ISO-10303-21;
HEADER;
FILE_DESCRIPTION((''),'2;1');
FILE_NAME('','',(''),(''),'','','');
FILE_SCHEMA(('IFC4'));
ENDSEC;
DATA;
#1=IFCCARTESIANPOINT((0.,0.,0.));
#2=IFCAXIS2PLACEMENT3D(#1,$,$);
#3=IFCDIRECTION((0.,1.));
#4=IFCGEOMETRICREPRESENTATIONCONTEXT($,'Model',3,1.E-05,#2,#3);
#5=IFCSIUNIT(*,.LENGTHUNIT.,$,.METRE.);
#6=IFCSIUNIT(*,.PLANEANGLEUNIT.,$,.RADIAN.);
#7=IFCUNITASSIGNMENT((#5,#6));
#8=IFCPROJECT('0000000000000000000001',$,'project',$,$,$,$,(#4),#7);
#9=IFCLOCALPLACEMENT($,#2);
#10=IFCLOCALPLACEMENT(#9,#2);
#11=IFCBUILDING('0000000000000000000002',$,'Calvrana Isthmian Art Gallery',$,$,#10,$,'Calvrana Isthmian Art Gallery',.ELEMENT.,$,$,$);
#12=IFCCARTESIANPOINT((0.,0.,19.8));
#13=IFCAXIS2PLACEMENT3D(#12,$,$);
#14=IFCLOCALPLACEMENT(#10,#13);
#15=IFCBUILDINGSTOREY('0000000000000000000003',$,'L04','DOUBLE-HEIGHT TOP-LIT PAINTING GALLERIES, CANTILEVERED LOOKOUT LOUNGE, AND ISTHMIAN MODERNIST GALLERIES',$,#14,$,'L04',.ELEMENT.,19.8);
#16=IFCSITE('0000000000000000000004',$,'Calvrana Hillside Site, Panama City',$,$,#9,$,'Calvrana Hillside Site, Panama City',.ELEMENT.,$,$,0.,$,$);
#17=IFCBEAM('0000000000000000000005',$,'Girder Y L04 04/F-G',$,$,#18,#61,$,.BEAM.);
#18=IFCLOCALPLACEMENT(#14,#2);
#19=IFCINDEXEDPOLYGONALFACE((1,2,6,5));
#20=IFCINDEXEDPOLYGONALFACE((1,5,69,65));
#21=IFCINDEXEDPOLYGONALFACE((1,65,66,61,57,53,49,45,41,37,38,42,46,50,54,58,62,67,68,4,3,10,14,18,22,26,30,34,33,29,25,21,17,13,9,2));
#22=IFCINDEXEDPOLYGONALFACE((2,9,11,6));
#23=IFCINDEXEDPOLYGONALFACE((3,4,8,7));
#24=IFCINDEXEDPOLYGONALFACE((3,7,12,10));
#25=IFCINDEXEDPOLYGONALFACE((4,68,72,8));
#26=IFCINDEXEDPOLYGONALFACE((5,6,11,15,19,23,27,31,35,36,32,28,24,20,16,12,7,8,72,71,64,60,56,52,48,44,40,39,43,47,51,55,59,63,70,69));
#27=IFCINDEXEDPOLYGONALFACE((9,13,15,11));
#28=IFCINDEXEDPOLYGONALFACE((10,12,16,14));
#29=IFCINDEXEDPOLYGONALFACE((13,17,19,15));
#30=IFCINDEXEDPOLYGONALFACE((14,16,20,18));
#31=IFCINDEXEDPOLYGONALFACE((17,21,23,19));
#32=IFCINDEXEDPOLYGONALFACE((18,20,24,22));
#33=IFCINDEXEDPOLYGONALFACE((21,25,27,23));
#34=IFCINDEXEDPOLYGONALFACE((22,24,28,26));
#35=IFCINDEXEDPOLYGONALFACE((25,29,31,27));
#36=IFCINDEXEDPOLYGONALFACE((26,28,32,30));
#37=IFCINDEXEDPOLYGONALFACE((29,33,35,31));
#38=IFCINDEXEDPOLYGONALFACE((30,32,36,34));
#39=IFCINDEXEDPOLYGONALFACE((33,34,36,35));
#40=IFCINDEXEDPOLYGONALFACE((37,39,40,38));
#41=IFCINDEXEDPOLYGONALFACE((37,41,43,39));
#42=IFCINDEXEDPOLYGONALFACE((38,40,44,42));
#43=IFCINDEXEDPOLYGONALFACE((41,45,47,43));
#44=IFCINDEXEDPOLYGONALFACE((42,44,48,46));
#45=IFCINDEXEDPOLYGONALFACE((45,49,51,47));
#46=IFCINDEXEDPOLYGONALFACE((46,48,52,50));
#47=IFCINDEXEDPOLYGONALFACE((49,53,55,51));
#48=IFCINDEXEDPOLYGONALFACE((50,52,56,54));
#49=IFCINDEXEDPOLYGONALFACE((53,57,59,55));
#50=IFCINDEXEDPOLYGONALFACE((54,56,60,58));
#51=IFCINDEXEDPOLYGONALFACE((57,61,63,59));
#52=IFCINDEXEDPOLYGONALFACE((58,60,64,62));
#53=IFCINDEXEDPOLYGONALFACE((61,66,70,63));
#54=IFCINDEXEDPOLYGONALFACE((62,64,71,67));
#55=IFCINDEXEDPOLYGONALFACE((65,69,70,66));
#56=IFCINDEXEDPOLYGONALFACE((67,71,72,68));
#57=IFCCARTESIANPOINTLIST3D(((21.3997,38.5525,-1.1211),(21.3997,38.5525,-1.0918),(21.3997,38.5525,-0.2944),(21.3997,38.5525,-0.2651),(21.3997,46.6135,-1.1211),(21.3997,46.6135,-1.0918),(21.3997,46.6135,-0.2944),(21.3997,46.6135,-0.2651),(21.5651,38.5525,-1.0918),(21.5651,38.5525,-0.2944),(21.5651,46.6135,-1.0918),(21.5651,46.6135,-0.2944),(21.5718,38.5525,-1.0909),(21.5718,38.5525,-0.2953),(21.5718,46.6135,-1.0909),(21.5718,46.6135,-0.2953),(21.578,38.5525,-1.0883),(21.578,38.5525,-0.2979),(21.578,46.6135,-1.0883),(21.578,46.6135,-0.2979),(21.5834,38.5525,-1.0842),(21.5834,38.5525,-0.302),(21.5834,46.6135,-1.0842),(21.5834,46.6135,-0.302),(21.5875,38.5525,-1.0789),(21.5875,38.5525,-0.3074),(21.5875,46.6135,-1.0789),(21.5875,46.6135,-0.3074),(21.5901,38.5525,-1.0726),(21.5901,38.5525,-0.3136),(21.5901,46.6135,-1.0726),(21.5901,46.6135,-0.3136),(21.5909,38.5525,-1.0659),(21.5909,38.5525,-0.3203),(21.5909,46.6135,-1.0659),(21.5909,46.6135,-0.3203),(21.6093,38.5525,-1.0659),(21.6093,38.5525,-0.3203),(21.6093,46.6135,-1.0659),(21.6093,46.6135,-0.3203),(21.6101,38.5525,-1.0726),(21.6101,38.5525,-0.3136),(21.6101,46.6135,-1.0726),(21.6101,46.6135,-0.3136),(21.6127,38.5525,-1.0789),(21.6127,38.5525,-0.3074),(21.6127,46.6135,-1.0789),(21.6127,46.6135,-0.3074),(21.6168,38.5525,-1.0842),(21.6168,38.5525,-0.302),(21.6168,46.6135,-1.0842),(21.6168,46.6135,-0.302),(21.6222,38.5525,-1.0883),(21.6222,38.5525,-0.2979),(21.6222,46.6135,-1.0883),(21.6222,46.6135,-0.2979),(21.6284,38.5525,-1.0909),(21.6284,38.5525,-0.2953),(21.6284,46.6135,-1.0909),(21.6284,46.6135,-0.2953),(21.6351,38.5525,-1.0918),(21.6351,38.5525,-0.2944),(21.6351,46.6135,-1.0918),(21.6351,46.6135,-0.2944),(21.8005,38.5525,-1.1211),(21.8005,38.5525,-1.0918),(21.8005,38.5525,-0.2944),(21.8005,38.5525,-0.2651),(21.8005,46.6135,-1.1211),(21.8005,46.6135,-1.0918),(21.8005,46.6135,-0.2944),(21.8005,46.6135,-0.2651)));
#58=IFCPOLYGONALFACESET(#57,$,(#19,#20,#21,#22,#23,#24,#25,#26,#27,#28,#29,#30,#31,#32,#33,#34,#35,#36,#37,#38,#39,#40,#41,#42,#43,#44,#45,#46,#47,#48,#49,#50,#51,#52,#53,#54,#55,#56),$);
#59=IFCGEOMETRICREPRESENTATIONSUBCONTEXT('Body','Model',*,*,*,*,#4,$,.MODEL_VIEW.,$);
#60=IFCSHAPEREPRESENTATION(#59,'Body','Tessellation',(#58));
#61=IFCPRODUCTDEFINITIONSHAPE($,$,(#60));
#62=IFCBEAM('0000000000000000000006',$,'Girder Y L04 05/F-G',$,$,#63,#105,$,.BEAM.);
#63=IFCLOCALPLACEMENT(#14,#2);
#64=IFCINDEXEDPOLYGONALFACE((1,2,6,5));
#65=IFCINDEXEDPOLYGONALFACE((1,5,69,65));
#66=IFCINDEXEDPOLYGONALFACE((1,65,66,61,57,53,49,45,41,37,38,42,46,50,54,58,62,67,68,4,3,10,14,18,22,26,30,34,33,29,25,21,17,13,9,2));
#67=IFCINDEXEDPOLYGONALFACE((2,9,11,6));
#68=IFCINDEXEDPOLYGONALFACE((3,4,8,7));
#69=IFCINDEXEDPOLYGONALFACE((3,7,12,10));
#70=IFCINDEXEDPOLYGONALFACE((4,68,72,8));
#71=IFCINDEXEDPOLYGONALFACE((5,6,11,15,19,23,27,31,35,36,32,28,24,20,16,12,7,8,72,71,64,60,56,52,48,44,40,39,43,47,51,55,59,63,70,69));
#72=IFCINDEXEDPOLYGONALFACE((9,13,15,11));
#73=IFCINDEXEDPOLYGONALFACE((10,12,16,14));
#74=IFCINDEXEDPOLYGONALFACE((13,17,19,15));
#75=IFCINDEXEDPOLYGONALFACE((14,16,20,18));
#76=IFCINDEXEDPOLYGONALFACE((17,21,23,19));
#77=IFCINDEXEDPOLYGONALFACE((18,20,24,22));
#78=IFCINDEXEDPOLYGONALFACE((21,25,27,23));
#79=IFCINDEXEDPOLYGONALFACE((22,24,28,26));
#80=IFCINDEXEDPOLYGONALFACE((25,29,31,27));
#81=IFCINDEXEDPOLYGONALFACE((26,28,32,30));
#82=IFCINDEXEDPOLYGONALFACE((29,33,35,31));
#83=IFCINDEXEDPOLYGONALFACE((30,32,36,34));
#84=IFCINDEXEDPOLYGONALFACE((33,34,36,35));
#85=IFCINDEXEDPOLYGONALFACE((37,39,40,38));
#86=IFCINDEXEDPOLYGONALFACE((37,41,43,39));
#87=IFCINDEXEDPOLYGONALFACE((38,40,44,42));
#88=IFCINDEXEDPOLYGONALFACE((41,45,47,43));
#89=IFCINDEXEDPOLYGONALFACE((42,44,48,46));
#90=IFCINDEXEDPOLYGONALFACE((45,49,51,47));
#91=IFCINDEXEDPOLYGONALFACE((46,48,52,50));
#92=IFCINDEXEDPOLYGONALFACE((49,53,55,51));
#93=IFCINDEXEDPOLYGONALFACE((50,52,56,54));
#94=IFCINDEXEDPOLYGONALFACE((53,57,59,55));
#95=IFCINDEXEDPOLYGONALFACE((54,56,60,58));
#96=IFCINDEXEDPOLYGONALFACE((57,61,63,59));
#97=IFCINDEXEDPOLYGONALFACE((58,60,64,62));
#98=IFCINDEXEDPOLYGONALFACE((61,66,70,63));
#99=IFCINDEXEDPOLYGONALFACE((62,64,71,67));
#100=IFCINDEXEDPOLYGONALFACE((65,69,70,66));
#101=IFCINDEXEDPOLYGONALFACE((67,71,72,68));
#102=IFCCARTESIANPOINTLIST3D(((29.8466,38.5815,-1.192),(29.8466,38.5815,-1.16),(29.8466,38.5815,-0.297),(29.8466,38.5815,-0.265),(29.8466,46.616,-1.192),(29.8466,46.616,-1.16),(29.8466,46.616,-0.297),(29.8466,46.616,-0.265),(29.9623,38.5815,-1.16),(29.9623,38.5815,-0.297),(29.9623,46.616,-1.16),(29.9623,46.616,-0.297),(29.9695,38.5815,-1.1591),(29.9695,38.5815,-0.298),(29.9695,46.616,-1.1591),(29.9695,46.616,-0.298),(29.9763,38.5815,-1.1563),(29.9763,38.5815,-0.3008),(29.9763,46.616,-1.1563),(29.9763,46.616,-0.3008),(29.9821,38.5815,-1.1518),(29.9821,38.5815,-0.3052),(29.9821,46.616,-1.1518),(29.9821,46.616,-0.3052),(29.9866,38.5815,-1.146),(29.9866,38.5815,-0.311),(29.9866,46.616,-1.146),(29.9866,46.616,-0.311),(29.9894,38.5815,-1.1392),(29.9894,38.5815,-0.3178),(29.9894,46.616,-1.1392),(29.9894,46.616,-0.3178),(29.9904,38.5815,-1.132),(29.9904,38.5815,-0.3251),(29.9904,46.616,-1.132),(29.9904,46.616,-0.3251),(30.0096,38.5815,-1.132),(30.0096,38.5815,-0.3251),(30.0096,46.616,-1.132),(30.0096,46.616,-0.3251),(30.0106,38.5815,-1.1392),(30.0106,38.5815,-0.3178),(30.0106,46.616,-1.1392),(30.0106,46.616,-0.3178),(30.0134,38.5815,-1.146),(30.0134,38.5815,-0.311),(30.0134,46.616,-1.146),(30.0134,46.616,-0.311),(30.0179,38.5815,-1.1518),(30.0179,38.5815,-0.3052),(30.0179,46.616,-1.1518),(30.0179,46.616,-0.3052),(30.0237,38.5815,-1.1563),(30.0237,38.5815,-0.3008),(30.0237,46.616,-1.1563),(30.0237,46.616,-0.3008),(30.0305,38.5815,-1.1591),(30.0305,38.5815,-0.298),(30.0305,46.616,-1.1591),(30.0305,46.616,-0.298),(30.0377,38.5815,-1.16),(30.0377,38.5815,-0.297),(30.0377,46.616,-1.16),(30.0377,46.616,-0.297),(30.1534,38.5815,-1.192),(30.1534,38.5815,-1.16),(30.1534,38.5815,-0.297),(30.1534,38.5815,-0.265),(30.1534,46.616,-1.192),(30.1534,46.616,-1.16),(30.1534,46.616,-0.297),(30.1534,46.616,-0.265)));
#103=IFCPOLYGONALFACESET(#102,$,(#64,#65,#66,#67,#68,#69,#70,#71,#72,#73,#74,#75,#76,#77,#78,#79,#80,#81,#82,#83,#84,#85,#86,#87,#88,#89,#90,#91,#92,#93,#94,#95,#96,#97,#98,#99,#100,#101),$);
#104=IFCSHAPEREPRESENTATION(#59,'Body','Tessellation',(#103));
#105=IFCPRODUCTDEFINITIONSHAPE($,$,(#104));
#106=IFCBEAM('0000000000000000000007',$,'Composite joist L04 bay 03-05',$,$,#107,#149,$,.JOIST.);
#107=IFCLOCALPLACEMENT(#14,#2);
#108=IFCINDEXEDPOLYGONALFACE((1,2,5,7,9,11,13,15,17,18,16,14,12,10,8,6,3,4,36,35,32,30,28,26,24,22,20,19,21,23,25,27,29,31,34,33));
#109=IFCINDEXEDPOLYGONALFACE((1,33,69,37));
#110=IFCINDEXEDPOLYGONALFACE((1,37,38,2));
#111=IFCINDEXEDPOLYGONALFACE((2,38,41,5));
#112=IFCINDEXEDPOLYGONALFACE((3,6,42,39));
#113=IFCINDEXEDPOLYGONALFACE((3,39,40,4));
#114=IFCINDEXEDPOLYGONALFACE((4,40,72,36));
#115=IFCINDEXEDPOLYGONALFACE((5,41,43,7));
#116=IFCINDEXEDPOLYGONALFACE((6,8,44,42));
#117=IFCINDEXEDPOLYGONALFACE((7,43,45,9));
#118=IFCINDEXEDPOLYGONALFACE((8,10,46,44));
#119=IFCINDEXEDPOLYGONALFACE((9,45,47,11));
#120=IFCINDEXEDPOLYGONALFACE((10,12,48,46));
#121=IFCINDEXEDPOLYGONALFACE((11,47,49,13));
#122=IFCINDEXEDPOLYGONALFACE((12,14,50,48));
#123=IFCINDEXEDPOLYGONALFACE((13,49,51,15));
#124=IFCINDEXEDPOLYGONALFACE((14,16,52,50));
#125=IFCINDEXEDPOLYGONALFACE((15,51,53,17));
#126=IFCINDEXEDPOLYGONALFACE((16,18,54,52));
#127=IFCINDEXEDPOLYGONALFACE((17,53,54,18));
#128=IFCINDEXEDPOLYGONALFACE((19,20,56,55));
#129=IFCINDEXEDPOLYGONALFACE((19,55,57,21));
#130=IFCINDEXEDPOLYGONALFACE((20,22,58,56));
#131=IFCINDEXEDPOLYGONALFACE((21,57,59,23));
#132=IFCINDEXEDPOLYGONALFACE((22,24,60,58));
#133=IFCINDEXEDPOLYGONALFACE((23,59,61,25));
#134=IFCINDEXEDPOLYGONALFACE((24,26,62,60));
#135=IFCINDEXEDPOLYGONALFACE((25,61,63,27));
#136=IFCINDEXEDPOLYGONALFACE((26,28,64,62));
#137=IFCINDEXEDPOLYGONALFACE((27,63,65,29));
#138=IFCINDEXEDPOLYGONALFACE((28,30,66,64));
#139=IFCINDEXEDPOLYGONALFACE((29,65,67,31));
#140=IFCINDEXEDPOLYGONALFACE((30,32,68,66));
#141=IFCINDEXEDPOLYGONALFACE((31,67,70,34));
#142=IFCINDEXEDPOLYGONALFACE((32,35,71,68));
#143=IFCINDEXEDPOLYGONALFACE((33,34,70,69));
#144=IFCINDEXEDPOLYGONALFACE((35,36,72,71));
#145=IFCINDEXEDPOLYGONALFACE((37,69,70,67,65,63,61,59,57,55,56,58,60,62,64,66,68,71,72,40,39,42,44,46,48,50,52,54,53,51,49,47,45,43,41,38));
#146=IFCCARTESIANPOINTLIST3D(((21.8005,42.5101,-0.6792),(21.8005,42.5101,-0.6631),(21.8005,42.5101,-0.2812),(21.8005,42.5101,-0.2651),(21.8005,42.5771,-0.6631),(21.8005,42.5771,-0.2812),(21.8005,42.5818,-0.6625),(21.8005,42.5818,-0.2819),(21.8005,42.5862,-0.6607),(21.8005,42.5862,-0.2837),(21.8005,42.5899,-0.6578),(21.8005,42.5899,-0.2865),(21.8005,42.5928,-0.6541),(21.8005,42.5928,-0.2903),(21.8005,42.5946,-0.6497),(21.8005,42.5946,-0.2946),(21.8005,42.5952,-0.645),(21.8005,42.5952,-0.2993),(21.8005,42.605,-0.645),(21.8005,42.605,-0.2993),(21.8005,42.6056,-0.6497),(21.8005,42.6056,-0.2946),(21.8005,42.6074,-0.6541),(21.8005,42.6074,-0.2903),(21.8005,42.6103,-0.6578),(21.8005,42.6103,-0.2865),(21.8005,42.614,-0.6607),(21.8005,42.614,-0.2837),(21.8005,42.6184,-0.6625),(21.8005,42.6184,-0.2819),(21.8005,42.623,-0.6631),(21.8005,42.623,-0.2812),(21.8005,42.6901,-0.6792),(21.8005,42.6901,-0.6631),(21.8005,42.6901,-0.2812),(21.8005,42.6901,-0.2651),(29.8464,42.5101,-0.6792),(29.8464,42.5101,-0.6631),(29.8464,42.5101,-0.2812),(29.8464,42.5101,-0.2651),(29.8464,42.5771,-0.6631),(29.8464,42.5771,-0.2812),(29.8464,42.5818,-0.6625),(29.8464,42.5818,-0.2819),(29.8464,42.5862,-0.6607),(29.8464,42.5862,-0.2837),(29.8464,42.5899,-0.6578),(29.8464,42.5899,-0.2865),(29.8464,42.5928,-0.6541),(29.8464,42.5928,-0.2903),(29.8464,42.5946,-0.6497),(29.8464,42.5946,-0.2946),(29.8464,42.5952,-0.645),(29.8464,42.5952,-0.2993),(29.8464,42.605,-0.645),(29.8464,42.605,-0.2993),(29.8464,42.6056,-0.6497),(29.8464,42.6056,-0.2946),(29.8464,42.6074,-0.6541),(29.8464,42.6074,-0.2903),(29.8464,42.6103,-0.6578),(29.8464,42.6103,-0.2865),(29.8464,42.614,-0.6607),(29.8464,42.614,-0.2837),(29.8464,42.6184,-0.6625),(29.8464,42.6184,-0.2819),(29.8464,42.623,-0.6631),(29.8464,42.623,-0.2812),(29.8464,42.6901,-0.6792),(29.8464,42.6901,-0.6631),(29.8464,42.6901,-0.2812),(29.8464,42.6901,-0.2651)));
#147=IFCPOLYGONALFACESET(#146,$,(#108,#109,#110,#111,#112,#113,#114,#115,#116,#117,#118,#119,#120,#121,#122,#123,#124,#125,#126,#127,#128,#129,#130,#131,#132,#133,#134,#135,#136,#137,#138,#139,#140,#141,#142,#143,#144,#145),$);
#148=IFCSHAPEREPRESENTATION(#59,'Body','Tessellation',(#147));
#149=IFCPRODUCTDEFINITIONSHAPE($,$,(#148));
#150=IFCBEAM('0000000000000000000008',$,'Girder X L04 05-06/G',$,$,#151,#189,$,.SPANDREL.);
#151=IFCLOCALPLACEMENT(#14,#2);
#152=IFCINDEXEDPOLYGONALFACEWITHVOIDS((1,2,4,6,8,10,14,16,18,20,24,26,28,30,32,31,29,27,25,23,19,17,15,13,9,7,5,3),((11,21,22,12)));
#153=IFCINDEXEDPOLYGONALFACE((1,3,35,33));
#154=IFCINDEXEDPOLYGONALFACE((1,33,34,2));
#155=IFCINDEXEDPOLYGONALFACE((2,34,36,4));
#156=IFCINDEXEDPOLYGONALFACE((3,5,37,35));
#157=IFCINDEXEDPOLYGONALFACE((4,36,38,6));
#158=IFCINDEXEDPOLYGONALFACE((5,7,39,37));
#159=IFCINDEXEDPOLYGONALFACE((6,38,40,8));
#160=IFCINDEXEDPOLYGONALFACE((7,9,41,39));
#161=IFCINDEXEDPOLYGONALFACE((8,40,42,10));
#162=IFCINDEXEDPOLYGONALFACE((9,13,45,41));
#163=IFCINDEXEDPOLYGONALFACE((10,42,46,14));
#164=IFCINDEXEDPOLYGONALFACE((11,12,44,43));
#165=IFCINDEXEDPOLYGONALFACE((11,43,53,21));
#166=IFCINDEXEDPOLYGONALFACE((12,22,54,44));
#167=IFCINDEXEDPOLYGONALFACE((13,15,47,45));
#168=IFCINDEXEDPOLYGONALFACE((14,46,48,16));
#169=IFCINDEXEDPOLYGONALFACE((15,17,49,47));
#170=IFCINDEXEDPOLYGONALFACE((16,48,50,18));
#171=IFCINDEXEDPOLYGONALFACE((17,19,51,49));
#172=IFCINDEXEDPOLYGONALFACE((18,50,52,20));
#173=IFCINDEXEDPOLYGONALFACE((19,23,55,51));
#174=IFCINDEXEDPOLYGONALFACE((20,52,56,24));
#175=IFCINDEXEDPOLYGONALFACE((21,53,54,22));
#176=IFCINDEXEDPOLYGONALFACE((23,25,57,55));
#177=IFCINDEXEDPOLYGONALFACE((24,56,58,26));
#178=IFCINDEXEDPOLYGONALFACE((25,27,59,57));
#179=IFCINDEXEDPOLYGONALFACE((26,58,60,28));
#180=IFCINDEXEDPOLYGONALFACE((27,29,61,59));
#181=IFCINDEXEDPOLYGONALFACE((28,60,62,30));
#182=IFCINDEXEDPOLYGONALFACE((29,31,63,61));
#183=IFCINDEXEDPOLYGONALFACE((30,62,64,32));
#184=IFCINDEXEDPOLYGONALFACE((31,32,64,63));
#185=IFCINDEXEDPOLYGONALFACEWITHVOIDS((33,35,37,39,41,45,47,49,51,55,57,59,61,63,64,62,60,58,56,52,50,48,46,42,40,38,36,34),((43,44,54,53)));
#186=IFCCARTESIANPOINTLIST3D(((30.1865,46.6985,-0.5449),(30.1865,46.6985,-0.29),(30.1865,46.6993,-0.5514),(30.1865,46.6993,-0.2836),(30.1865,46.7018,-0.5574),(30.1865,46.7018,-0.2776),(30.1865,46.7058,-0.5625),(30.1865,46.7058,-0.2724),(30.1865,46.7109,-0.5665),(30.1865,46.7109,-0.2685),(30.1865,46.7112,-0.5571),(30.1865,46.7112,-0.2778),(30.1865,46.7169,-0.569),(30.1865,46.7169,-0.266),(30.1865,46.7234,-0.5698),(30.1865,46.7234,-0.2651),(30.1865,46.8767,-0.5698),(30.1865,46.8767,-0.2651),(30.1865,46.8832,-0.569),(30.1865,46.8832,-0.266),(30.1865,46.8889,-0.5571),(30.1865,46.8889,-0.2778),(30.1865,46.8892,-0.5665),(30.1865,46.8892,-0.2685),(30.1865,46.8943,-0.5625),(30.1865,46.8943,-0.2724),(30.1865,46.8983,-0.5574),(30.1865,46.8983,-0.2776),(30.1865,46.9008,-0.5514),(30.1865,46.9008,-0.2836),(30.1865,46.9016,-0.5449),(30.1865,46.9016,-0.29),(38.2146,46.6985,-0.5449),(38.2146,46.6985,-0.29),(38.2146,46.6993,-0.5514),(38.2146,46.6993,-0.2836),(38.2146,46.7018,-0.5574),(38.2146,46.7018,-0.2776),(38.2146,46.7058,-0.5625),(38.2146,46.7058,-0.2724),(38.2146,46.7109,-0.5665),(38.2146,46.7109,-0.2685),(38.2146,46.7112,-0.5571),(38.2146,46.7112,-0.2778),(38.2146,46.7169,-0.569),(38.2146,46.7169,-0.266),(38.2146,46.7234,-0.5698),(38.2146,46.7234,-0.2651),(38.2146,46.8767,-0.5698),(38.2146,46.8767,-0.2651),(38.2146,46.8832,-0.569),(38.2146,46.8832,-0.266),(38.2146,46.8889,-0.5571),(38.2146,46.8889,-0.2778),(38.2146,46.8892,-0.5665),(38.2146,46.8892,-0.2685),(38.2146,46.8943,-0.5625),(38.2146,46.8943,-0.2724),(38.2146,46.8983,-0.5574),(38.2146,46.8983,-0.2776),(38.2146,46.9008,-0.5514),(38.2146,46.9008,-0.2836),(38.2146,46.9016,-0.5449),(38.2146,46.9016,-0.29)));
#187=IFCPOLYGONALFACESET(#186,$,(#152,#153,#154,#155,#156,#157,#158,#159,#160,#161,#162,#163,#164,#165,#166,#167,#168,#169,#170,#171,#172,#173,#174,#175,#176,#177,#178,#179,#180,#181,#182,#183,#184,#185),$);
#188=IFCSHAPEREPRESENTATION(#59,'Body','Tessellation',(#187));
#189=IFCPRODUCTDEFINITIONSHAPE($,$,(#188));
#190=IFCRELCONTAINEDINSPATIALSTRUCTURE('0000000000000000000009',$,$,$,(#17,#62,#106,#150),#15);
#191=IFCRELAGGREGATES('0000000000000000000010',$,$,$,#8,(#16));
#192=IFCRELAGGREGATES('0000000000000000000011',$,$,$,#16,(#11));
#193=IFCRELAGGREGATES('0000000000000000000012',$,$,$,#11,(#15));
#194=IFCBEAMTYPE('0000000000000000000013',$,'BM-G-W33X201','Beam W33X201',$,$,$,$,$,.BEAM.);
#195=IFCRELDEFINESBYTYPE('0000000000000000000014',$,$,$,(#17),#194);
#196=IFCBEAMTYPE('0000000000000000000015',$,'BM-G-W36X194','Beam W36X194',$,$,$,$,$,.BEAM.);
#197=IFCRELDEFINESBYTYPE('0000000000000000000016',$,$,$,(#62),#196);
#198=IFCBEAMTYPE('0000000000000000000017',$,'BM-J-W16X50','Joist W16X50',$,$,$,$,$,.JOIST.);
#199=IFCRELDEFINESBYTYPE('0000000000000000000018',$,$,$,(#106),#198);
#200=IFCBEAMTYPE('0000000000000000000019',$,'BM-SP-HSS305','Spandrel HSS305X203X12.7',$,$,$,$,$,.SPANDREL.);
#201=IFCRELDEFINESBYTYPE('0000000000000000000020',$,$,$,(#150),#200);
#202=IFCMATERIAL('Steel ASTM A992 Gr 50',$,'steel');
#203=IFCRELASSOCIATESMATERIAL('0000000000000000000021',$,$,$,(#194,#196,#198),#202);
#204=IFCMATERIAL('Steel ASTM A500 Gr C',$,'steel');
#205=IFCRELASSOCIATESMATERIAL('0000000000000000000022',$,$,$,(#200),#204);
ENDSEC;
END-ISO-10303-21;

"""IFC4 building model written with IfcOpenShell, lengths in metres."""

from ifc_helpers import new_model, si_unit, direction, frame, origin, origin_2d, place, context, subcontext, project, spatial, hollow_rectangle, i_section, extrude, material, material_profile, profile_set, type_object, element, save


model = new_model("IFC4")

# Units and contexts
model_context = context("Model", 3, precision=1e-05, world=origin(), true_north=direction((0.0, 1.0)))
body_context = subcontext(model_context, "Body", "Model", "MODEL_VIEW")
ifc_project = project(units=[si_unit("LENGTHUNIT", "METRE"), si_unit("PLANEANGLEUNIT", "RADIAN")], contexts=[model_context])

# Site, building, storey
site_placement = place(None, origin())
site = spatial("IfcSite", under=ifc_project, at=site_placement, Name="Calvrana Hillside Site, Panama City", LongName="Calvrana Hillside Site, Panama City", CompositionType="ELEMENT", RefElevation=0.0)
building_placement = place(site_placement, origin())
building = spatial("IfcBuilding", under=site, at=building_placement, Name="Calvrana Isthmian Art Gallery", LongName="Calvrana Isthmian Art Gallery", CompositionType="ELEMENT")
storey_placement = place(building_placement, frame((0.0, 0.0, 19.8)))
storey = spatial("IfcBuildingStorey", under=building, at=storey_placement, Name="L04", Description="DOUBLE-HEIGHT TOP-LIT PAINTING GALLERIES, CANTILEVERED LOOKOUT LOUNGE, AND ISTHMIAN MODERNIST GALLERIES", LongName="L04", CompositionType="ELEMENT", Elevation=19.8)

# Shared definitions
ifc_material_1 = material(Name="Steel ASTM A992 Gr 50", Category="steel")

# Beams
ifc_material_profile_1 = material_profile(ifc_material_1, i_section(OverallWidth=0.4009, OverallDepth=0.856, WebThickness=0.0183, FlangeThickness=0.0293, FilletRadius=0.0259, at=origin_2d()), Name="W33X201")
ifc_profile_set_1 = profile_set([ifc_material_profile_1], Name="Steel ASTM A992 Gr 50")
beam_type_1 = type_object("IfcBeamType", Name="BM-G-W33X201", Description="Beam W33X201", PredefinedType="BEAM", material=ifc_profile_set_1)
beam_1_placement = place(storey_placement, frame((21.6001, 38.5525, -0.6931), z_axis=(0.0, 1.0, 0.0), x_axis=(-1.0, 0.0, 0.0)))
element("IfcBeam", 1, at=beam_1_placement, inside=storey, type_object=beam_type_1, Name="Girder Y L04 04/F-G", PredefinedType="BEAM", context=body_context, shape_type="SweptSolid", body=[
    extrude(i_section(OverallWidth=0.4009, OverallDepth=0.856, WebThickness=0.0183, FlangeThickness=0.0293, FilletRadius=0.0259, at=origin_2d()), origin(), (0.0, 0.0, 1.0), 8.061),
])
ifc_material_profile_2 = material_profile(ifc_material_1, i_section(OverallWidth=0.3069, OverallDepth=0.927, WebThickness=0.0193, FlangeThickness=0.032, FilletRadius=0.0281, at=origin_2d()), Name="W36X194")
ifc_profile_set_2 = profile_set([ifc_material_profile_2], Name="Steel ASTM A992 Gr 50")
beam_type_2 = type_object("IfcBeamType", Name="BM-G-W36X194", Description="Beam W36X194", PredefinedType="BEAM", material=ifc_profile_set_2)
beam_2_placement = place(storey_placement, frame((30.0, 38.5815, -0.7285), z_axis=(0.0, 1.0, 0.0), x_axis=(-1.0, 0.0, 0.0)))
element("IfcBeam", 2, at=beam_2_placement, inside=storey, type_object=beam_type_2, Name="Girder Y L04 05/F-G", PredefinedType="BEAM", context=body_context, shape_type="SweptSolid", body=[
    extrude(i_section(OverallWidth=0.3069, OverallDepth=0.927, WebThickness=0.0193, FlangeThickness=0.032, FilletRadius=0.0281, at=origin_2d()), origin(), (0.0, 0.0, 1.0), 8.0344),
])
ifc_material_profile_3 = material_profile(ifc_material_1, i_section(OverallWidth=0.1799, OverallDepth=0.4141, WebThickness=0.0098, FlangeThickness=0.0161, FilletRadius=0.0181, at=origin_2d()), Name="W16X50")
ifc_profile_set_3 = profile_set([ifc_material_profile_3], Name="Steel ASTM A992 Gr 50")
beam_type_3 = type_object("IfcBeamType", Name="BM-J-W16X50", Description="Joist W16X50", PredefinedType="JOIST", material=ifc_profile_set_3)
beam_3_placement = place(storey_placement, frame((21.8005, 42.6001, -0.4722), z_axis=(1.0, 0.0, 0.0), x_axis=(0.0, 1.0, 0.0)))
element("IfcBeam", 3, at=beam_3_placement, inside=storey, type_object=beam_type_3, Name="Composite joist L04 bay 03-05", PredefinedType="JOIST", context=body_context, shape_type="SweptSolid", body=[
    extrude(i_section(OverallWidth=0.1799, OverallDepth=0.4141, WebThickness=0.0098, FlangeThickness=0.0161, FilletRadius=0.0181, at=origin_2d()), origin(), (0.0, 0.0, 1.0), 8.0459),
])
ifc_material_2 = material(Name="Steel ASTM A500 Gr C", Category="steel")
ifc_material_profile_4 = material_profile(ifc_material_2, hollow_rectangle(XDim=0.2031, YDim=0.3047, WallThickness=0.0127, OuterFilletRadius=0.0249, at=origin_2d()), Name="HSS305X203X12.7")
ifc_profile_set_4 = profile_set([ifc_material_profile_4], Name="Steel ASTM A500 Gr C")
beam_type_4 = type_object("IfcBeamType", Name="BM-SP-HSS305", Description="Spandrel HSS305X203X12.7", PredefinedType="SPANDREL", material=ifc_profile_set_4)
beam_4_placement = place(storey_placement, frame((30.1865, 46.8, -0.4175), z_axis=(1.0, 0.0, 0.0), x_axis=(0.0, 1.0, 0.0)))
element("IfcBeam", 4, at=beam_4_placement, inside=storey, type_object=beam_type_4, Name="Girder X L04 05-06/G", PredefinedType="SPANDREL", context=body_context, shape_type="SweptSolid", body=[
    extrude(hollow_rectangle(XDim=0.2031, YDim=0.3047, WallThickness=0.0127, OuterFilletRadius=0.0249, at=origin_2d()), origin(), (0.0, 0.0, 1.0), 8.0281),
])

save(model, "model.ifc")
